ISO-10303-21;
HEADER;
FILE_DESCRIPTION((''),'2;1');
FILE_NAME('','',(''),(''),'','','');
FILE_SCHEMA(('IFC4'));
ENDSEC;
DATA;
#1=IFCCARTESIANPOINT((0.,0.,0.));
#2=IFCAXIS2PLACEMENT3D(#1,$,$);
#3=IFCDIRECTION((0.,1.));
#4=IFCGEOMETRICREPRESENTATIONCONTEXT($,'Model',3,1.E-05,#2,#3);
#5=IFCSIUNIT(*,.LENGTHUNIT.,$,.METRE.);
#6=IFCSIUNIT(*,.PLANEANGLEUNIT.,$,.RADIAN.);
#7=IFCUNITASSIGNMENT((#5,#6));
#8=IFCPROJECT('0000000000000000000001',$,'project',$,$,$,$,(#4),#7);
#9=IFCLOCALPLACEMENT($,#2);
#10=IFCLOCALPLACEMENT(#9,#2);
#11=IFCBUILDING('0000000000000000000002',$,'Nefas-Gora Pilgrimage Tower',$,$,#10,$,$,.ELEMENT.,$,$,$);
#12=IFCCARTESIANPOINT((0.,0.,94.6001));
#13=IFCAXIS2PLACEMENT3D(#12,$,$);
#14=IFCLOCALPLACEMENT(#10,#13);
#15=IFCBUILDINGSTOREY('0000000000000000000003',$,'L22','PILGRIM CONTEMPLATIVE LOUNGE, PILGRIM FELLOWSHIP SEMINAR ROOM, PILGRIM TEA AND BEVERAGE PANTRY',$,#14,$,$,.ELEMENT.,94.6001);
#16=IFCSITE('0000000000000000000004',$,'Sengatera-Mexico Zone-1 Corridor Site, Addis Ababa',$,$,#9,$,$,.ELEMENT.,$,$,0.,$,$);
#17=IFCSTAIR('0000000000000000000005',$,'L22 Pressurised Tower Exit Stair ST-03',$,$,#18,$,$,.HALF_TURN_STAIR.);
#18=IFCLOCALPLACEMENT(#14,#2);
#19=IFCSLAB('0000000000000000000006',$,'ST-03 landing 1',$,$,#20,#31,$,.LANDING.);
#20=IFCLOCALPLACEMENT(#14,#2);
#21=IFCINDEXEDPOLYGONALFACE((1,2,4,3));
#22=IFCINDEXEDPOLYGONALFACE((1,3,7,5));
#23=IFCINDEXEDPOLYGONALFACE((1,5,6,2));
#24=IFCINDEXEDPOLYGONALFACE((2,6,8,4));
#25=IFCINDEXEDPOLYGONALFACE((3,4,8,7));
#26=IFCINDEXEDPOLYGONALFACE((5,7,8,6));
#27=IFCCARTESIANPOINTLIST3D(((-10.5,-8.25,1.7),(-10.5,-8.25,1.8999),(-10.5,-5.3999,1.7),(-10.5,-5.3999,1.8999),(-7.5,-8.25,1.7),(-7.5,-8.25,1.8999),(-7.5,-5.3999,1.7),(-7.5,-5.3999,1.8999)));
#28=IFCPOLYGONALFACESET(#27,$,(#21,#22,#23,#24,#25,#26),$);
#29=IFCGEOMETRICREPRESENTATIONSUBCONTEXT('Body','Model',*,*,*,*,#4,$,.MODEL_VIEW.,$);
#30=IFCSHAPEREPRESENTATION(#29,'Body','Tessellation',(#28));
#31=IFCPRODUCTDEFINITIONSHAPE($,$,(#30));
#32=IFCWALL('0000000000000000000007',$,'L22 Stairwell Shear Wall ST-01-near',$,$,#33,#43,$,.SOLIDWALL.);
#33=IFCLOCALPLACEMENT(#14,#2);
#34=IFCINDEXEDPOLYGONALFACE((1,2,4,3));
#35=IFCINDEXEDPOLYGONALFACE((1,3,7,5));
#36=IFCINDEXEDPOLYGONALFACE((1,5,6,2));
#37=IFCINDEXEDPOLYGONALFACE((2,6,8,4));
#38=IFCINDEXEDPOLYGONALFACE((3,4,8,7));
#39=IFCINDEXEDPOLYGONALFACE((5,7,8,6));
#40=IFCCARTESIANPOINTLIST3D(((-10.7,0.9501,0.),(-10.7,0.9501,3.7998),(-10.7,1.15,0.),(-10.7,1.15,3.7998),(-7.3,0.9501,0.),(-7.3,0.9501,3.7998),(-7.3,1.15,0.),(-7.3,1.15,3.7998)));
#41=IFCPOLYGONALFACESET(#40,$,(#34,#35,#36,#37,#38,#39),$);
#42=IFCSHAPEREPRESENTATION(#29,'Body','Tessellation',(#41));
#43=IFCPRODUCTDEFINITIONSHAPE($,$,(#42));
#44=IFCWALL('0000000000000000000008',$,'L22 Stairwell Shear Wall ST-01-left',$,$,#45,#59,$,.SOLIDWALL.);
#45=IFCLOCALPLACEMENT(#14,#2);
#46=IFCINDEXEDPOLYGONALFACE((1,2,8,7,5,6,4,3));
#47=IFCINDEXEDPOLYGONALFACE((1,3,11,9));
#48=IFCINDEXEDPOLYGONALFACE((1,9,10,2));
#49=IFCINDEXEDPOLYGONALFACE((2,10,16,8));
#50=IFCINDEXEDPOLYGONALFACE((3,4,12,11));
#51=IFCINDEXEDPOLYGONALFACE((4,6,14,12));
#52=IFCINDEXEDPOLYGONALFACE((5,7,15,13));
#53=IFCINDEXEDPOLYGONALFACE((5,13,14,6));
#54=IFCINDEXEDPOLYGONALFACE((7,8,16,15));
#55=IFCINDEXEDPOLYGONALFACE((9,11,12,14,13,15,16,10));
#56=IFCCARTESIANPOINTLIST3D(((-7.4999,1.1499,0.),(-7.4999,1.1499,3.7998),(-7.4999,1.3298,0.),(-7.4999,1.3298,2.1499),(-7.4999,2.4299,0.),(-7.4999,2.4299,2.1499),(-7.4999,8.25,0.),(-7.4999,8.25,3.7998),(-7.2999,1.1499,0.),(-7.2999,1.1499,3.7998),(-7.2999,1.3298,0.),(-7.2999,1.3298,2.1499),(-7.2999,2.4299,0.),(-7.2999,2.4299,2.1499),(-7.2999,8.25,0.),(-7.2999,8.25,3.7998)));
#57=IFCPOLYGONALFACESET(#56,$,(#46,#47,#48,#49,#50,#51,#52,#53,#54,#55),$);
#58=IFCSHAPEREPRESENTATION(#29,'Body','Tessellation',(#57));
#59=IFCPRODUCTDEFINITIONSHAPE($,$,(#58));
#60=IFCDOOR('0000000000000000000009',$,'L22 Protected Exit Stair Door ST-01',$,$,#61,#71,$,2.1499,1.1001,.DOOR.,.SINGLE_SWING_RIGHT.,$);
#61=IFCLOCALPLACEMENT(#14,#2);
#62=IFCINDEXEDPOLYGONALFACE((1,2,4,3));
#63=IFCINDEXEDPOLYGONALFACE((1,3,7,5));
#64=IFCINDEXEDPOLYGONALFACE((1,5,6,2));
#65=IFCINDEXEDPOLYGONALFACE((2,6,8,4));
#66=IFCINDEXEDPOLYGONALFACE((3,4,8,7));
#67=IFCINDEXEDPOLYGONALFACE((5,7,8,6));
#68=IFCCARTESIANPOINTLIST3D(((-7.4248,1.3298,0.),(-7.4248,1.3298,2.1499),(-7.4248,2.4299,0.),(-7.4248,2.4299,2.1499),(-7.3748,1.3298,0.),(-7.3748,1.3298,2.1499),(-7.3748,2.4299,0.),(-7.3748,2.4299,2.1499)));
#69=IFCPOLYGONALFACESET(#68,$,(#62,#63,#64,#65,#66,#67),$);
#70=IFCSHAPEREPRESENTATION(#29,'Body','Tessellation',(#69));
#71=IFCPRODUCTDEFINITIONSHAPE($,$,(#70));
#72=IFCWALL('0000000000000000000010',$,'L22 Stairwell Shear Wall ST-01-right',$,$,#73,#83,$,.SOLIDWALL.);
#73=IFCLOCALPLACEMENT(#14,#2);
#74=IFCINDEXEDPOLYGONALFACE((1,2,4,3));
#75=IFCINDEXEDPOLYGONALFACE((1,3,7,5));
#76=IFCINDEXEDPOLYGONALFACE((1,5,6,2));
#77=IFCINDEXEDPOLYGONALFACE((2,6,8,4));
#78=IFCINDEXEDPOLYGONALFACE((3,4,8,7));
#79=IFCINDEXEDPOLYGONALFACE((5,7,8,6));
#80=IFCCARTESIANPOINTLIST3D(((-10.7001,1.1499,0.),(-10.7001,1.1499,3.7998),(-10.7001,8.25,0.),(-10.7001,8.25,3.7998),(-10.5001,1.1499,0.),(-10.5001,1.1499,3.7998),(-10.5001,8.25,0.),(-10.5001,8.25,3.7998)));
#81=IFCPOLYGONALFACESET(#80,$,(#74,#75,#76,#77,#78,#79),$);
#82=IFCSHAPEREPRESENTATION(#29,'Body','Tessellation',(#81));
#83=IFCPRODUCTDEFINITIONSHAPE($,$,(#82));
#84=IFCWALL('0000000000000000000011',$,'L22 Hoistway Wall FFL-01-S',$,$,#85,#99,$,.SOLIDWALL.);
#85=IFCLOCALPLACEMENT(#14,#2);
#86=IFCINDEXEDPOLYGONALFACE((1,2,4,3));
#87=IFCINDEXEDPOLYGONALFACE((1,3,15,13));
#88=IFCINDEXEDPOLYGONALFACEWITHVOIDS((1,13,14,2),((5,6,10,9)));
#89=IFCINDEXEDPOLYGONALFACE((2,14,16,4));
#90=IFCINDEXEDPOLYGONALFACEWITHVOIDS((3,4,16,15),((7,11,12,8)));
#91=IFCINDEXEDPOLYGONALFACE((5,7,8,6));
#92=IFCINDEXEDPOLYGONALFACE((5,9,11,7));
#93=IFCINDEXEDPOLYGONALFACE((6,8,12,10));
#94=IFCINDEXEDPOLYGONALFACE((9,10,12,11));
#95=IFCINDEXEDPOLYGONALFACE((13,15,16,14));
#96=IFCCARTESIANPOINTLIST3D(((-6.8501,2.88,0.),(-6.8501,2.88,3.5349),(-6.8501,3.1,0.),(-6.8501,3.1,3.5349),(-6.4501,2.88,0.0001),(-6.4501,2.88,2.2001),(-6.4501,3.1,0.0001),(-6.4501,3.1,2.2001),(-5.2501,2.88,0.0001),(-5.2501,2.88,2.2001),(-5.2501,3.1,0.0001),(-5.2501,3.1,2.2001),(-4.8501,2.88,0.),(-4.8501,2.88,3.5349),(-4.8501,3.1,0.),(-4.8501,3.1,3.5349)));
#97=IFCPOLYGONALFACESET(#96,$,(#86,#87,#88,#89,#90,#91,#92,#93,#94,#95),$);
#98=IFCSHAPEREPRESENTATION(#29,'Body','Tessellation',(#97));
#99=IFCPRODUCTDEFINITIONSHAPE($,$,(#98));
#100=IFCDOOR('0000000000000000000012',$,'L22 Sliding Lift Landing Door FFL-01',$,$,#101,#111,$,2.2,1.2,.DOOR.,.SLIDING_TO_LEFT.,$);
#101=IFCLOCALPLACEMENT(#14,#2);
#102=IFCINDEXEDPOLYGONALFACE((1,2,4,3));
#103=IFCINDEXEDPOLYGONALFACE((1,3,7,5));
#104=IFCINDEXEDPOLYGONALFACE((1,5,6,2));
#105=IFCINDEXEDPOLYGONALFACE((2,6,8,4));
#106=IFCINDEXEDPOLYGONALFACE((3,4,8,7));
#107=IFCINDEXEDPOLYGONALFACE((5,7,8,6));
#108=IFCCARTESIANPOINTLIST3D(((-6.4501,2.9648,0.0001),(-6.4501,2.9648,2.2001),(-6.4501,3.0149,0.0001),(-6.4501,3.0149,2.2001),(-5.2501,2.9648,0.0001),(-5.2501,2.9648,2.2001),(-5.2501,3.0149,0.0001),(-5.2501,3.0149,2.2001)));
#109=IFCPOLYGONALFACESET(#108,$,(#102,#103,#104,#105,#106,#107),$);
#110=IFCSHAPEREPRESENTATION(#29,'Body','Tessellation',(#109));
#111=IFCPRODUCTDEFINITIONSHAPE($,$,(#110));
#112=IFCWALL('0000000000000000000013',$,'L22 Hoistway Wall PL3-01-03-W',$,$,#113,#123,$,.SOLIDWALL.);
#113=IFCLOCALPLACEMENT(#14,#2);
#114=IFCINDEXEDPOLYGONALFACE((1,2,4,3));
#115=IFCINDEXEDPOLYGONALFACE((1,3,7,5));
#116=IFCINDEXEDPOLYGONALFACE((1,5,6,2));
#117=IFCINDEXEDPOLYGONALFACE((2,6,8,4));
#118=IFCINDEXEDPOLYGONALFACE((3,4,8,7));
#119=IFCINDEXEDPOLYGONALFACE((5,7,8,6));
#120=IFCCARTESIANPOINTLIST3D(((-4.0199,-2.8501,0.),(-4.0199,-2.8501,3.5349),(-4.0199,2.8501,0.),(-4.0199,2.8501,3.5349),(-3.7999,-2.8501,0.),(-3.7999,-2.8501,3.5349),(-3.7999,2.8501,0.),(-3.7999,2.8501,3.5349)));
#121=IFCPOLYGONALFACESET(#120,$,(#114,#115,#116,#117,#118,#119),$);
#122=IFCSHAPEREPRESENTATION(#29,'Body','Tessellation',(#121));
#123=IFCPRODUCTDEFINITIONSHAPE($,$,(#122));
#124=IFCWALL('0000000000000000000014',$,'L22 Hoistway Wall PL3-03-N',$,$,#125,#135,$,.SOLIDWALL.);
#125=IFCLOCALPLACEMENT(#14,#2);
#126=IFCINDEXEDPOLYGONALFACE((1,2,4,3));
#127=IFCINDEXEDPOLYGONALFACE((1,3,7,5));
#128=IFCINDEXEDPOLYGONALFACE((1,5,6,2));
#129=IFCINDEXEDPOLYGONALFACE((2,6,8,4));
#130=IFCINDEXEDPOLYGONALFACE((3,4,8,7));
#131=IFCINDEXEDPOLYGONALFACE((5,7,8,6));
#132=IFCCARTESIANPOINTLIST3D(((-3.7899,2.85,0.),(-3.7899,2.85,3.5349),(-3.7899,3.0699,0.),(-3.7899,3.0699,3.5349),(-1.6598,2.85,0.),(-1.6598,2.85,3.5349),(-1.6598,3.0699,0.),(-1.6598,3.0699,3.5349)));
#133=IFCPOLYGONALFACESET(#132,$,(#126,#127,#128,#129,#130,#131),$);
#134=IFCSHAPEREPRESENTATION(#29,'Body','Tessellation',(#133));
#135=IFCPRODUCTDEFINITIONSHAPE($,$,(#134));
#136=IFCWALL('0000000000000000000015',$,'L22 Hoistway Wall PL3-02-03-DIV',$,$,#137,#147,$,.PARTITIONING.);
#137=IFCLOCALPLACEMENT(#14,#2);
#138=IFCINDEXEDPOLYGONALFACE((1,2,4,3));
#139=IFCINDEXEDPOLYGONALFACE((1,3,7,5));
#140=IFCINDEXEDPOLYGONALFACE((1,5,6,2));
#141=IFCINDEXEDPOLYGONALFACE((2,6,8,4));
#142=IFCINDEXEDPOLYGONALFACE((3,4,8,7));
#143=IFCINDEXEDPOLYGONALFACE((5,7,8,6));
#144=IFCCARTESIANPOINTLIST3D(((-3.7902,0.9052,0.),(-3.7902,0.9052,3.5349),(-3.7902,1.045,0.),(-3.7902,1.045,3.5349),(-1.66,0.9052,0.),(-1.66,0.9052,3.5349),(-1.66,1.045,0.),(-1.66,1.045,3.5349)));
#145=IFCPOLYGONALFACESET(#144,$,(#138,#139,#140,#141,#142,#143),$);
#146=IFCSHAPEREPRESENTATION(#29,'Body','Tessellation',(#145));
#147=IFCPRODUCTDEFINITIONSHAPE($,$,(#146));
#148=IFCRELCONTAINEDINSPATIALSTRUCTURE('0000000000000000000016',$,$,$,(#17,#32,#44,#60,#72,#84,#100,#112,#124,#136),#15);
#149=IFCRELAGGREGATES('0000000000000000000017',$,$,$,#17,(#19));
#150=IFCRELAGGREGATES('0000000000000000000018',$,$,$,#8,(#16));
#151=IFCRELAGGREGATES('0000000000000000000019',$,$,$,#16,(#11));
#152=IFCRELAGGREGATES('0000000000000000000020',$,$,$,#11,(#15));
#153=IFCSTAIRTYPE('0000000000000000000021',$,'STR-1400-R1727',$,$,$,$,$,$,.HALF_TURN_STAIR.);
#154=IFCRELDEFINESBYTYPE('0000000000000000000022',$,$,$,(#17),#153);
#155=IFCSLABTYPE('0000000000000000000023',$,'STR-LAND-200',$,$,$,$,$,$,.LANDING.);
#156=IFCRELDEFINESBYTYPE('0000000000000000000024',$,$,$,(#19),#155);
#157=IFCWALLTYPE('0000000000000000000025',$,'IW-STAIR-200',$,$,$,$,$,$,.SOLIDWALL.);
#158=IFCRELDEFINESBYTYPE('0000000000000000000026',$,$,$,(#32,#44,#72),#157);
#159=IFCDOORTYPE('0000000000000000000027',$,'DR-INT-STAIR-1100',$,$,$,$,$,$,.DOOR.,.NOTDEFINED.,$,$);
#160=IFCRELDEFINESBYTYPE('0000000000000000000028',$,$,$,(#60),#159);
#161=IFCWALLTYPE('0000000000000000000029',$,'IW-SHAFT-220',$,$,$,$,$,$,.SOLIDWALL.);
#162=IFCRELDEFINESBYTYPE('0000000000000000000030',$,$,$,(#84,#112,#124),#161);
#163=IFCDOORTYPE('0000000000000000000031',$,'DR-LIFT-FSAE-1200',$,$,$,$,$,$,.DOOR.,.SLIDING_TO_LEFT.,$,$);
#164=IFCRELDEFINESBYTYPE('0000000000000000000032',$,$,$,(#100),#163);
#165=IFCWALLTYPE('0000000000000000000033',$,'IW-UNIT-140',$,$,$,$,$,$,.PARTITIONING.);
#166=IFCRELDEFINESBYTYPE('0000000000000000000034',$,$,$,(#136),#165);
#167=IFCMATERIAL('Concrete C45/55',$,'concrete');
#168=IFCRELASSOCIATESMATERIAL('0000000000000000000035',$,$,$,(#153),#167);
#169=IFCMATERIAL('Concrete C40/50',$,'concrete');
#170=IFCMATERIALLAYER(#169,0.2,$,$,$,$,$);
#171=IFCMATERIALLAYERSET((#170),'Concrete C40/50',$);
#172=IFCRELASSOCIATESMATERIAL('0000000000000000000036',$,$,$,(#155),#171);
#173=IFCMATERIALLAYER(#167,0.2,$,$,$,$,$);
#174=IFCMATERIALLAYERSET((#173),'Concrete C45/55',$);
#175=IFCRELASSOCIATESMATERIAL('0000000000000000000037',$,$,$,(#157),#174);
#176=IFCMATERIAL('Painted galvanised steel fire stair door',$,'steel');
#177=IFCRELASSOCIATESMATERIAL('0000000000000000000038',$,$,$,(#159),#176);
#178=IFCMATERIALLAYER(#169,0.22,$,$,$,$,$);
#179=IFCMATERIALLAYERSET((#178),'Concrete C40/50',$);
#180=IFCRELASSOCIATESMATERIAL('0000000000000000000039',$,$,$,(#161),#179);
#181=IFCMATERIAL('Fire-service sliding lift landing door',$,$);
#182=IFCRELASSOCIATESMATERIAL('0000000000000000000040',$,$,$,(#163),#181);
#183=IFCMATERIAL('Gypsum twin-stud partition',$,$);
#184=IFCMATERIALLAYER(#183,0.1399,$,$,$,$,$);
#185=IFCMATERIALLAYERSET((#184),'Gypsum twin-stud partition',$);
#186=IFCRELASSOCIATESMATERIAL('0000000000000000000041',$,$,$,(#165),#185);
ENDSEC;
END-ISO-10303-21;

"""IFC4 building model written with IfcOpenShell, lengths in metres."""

from ifc_helpers import new_model, si_unit, direction, frame, frame_2d, origin, place, context, subcontext, project, spatial, polyline, rectangle, outline, extrude, source, transform, mapped, material, layer, layer_set, type_object, element, fill, aggregate, save


model = new_model("IFC4")

# Units and contexts
model_context = context("Model", 3, precision=1e-05, world=origin(), true_north=direction((0.0, 1.0)))
body_context = subcontext(model_context, "Body", "Model", "MODEL_VIEW")
ifc_project = project(units=[si_unit("LENGTHUNIT", "METRE"), si_unit("PLANEANGLEUNIT", "RADIAN")], contexts=[model_context])

# Site, building, storey
site_placement = place(None, origin())
site = spatial("IfcSite", under=ifc_project, at=site_placement, Name="Sengatera-Mexico Zone-1 Corridor Site, Addis Ababa", CompositionType="ELEMENT", RefElevation=0.0)
building_placement = place(site_placement, origin())
building = spatial("IfcBuilding", under=site, at=building_placement, Name="Nefas-Gora Pilgrimage Tower", CompositionType="ELEMENT")
storey_placement = place(building_placement, frame((0.0, 0.0, 94.6001)))
storey = spatial("IfcBuildingStorey", under=building, at=storey_placement, Name="L22", Description="PILGRIM CONTEMPLATIVE LOUNGE, PILGRIM FELLOWSHIP SEMINAR ROOM, PILGRIM TEA AND BEVERAGE PANTRY", CompositionType="ELEMENT", Elevation=94.6001)

# Shared definitions
ifc_material_1 = material(Name="Concrete C40/50", Category="concrete")

# Stair, slab
ifc_material_2 = material(Name="Concrete C45/55", Category="concrete")
stair_type = type_object("IfcStairType", Name="STR-1400-R1727", PredefinedType="HALF_TURN_STAIR", material=ifc_material_2)
ifc_layer_1 = layer(ifc_material_1, 0.2)
ifc_layer_set_1 = layer_set([ifc_layer_1], Name="Concrete C40/50")
slab_type_1 = type_object("IfcSlabType", Name="STR-LAND-200", PredefinedType="LANDING", material=ifc_layer_set_1)
stair_1_placement = place(storey_placement, origin())
stair_1 = element("IfcStair", 1, at=stair_1_placement, inside=storey, type_object=stair_type, Name="L22 Pressurised Tower Exit Stair ST-03", PredefinedType="HALF_TURN_STAIR")
slab_1_placement = place(storey_placement, frame((0.0, 0.0, 1.7)))
slab_1 = element("IfcSlab", 2, at=slab_1_placement, type_object=slab_type_1, Name="ST-03 landing 1", PredefinedType="LANDING", context=body_context, shape_type="SweptSolid", body=[
    extrude(outline(polyline([(-10.5, -5.3999), (-10.5, -8.25), (-7.5, -8.25), (-7.5, -5.3999), (-10.5, -5.3999)])), origin(), (0.0, 0.0, 1.0), 0.2),
])
aggregate(stair_1, [slab_1])

# Wall
ifc_layer_2 = layer(ifc_material_2, 0.2)
ifc_layer_set_2 = layer_set([ifc_layer_2], Name="Concrete C45/55")
wall_type_1 = type_object("IfcWallType", Name="IW-STAIR-200", PredefinedType="SOLIDWALL", material=ifc_layer_set_2)
shared_shape_1 = source(origin(), body_context, "Body", "SweptSolid", [
    extrude(rectangle(XDim=3.3999, YDim=0.2, at=frame_2d((1.7, 0.0))), origin(), (0.0, 0.0, 1.0), 3.7998),
])
wall_1_placement = place(storey_placement, frame((-7.3, 1.05, 0.0), z_axis=(0.0, 0.0, 1.0), x_axis=(-1.0, 0.0, 0.0)))
element("IfcWall", 3, at=wall_1_placement, inside=storey, type_object=wall_type_1, Name="L22 Stairwell Shear Wall ST-01-near", PredefinedType="SOLIDWALL", context=body_context, shape_type="MappedRepresentation", body=[
    mapped(shared_shape_1, transform((0.0, 0.0, 0.0), x_axis=(1.0, 0.0, 0.0), y_axis=(0.0, 1.0, 0.0), z_axis=(0.0, 0.0, 1.0), scale=1.0)),
])

# Wall, opening, door
shared_shape_2 = source(origin(), body_context, "Body", "SweptSolid", [
    extrude(rectangle(XDim=7.1001, YDim=0.2, at=frame_2d((3.55, 0.0))), origin(), (0.0, 0.0, 1.0), 3.7998),
])
wall_2_placement = place(storey_placement, frame((-7.3999, 1.1499, 0.0), z_axis=(0.0, 0.0, 1.0), x_axis=(0.0, 1.0, 0.0)))
wall_2 = element("IfcWall", 4, at=wall_2_placement, inside=storey, type_object=wall_type_1, Name="L22 Stairwell Shear Wall ST-01-left", PredefinedType="SOLIDWALL", context=body_context, shape_type="MappedRepresentation", body=[
    mapped(shared_shape_2, transform((0.0, 0.0, 0.0), x_axis=(1.0, 0.0, 0.0), y_axis=(0.0, 1.0, 0.0), z_axis=(0.0, 0.0, 1.0), scale=1.0)),
])
opening_1_placement = place(wall_2_placement, frame((0.1799, 0.0, 0.0)))
opening_1 = element("IfcOpeningElement", 5, at=opening_1_placement, cuts=wall_2, PredefinedType="OPENING", context=body_context, shape_type="SweptSolid", body=[
    extrude(rectangle(XDim=1.1001, YDim=2.1499, at=frame_2d((0.55, 1.075))), frame((0.0, 0.1099, 0.0), z_axis=(0.0, -1.0, 0.0), x_axis=(1.0, 0.0, 0.0)), (0.0, 0.0, 1.0), 0.22),
])
ifc_material_3 = material(Name="Painted galvanised steel fire stair door", Category="steel")
door_type_1 = type_object("IfcDoorType", Name="DR-INT-STAIR-1100", OperationType="NOTDEFINED", PredefinedType="DOOR", material=ifc_material_3)
shared_shape_3 = source(origin(), body_context, "Body", "SweptSolid", [
    extrude(rectangle(XDim=1.1001, YDim=2.1499, at=frame_2d((0.55, 1.075))), frame((0.0, 0.0249, 0.0), z_axis=(0.0, -1.0, 0.0), x_axis=(1.0, 0.0, 0.0)), (0.0, 0.0, 1.0), 0.05),
])
door_1_placement = place(opening_1_placement, origin())
door_1 = element("IfcDoor", 6, at=door_1_placement, inside=storey, type_object=door_type_1, Name="L22 Protected Exit Stair Door ST-01", OperationType="SINGLE_SWING_RIGHT", OverallHeight=2.1499, OverallWidth=1.1001, PredefinedType="DOOR", context=body_context, shape_type="MappedRepresentation", body=[
    mapped(shared_shape_3, transform((0.0, 0.0, 0.0), x_axis=(1.0, 0.0, 0.0), y_axis=(0.0, 1.0, 0.0), z_axis=(0.0, 0.0, 1.0), scale=1.0)),
])
fill(opening_1, door_1)

# Wall
wall_3_placement = place(storey_placement, frame((-10.6001, 1.1499, 0.0), z_axis=(0.0, 0.0, 1.0), x_axis=(0.0, 1.0, 0.0)))
element("IfcWall", 7, at=wall_3_placement, inside=storey, type_object=wall_type_1, Name="L22 Stairwell Shear Wall ST-01-right", PredefinedType="SOLIDWALL", context=body_context, shape_type="MappedRepresentation", body=[
    mapped(shared_shape_2, transform((0.0, 0.0, 0.0), x_axis=(1.0, 0.0, 0.0), y_axis=(0.0, 1.0, 0.0), z_axis=(0.0, 0.0, 1.0), scale=1.0)),
])

# Wall, opening, door
ifc_layer_3 = layer(ifc_material_1, 0.22)
ifc_layer_set_3 = layer_set([ifc_layer_3], Name="Concrete C40/50")
wall_type_2 = type_object("IfcWallType", Name="IW-SHAFT-220", PredefinedType="SOLIDWALL", material=ifc_layer_set_3)
shared_shape_4 = source(origin(), body_context, "Body", "SweptSolid", [
    extrude(rectangle(XDim=2.0, YDim=0.22, at=frame_2d((1.0, 0.0))), origin(), (0.0, 0.0, 1.0), 3.5349),
])
wall_4_placement = place(storey_placement, frame((-6.8501, 2.99, 0.0), z_axis=(0.0, 0.0, 1.0), x_axis=(1.0, 0.0, 0.0)))
wall_4 = element("IfcWall", 8, at=wall_4_placement, inside=storey, type_object=wall_type_2, Name="L22 Hoistway Wall FFL-01-S", PredefinedType="SOLIDWALL", context=body_context, shape_type="MappedRepresentation", body=[
    mapped(shared_shape_4, transform((0.0, 0.0, 0.0), x_axis=(1.0, 0.0, 0.0), y_axis=(0.0, 1.0, 0.0), z_axis=(0.0, 0.0, 1.0), scale=1.0)),
])
opening_2_placement = place(wall_4_placement, frame((0.3999, 0.0, 0.0)))
opening_2 = element("IfcOpeningElement", 9, at=opening_2_placement, cuts=wall_4, PredefinedType="OPENING", context=body_context, shape_type="SweptSolid", body=[
    extrude(rectangle(XDim=1.2, YDim=2.2, at=frame_2d((0.6001, 1.1001))), frame((0.0, 0.1199, 0.0), z_axis=(0.0, -1.0, 0.0), x_axis=(1.0, 0.0, 0.0)), (0.0, 0.0, 1.0), 0.24),
])
ifc_material_4 = material(Name="Fire-service sliding lift landing door")
door_type_2 = type_object("IfcDoorType", Name="DR-LIFT-FSAE-1200", OperationType="SLIDING_TO_LEFT", PredefinedType="DOOR", material=ifc_material_4)
shared_shape_5 = source(origin(), body_context, "Body", "SweptSolid", [
    extrude(rectangle(XDim=1.2, YDim=2.2, at=frame_2d((0.6001, 1.1001))), frame((0.0, 0.0249, 0.0), z_axis=(0.0, -1.0, 0.0), x_axis=(1.0, 0.0, 0.0)), (0.0, 0.0, 1.0), 0.05),
])
door_2_placement = place(opening_2_placement, origin())
door_2 = element("IfcDoor", 10, at=door_2_placement, inside=storey, type_object=door_type_2, Name="L22 Sliding Lift Landing Door FFL-01", OperationType="SLIDING_TO_LEFT", OverallHeight=2.2, OverallWidth=1.2, PredefinedType="DOOR", context=body_context, shape_type="MappedRepresentation", body=[
    mapped(shared_shape_5, transform((0.0, 0.0, 0.0), x_axis=(1.0, 0.0, 0.0), y_axis=(0.0, 1.0, 0.0), z_axis=(0.0, 0.0, 1.0), scale=1.0)),
])
fill(opening_2, door_2)

# Walls
shared_shape_6 = source(origin(), body_context, "Body", "SweptSolid", [
    extrude(rectangle(XDim=5.7002, YDim=0.22, at=frame_2d((2.8501, 0.0))), origin(), (0.0, 0.0, 1.0), 3.5349),
])
wall_5_placement = place(storey_placement, frame((-3.9099, 2.8501, 0.0), z_axis=(0.0, 0.0, 1.0), x_axis=(0.0, -1.0, 0.0)))
element("IfcWall", 11, at=wall_5_placement, inside=storey, type_object=wall_type_2, Name="L22 Hoistway Wall PL3-01-03-W", PredefinedType="SOLIDWALL", context=body_context, shape_type="MappedRepresentation", body=[
    mapped(shared_shape_6, transform((0.0, 0.0, 0.0), x_axis=(1.0, 0.0, 0.0), y_axis=(0.0, 1.0, 0.0), z_axis=(0.0, 0.0, 1.0), scale=1.0)),
])
shared_shape_7 = source(origin(), body_context, "Body", "SweptSolid", [
    extrude(rectangle(XDim=2.1301, YDim=0.22, at=frame_2d((1.0649, 0.0))), origin(), (0.0, 0.0, 1.0), 3.5349),
])
wall_6_placement = place(storey_placement, frame((-1.6599, 2.96, 0.0), z_axis=(0.0, 0.0, 1.0), x_axis=(-1.0, 0.0, 0.0)))
element("IfcWall", 12, at=wall_6_placement, inside=storey, type_object=wall_type_2, Name="L22 Hoistway Wall PL3-03-N", PredefinedType="SOLIDWALL", context=body_context, shape_type="MappedRepresentation", body=[
    mapped(shared_shape_7, transform((0.0, 0.0, 0.0), x_axis=(1.0, 0.0, 0.0), y_axis=(0.0, 1.0, 0.0), z_axis=(0.0, 0.0, 1.0), scale=1.0)),
])
ifc_material_5 = material(Name="Gypsum twin-stud partition")
ifc_layer_4 = layer(ifc_material_5, 0.1399)
ifc_layer_set_4 = layer_set([ifc_layer_4], Name="Gypsum twin-stud partition")
wall_type_3 = type_object("IfcWallType", Name="IW-UNIT-140", PredefinedType="PARTITIONING", material=ifc_layer_set_4)
shared_shape_8 = source(origin(), body_context, "Body", "SweptSolid", [
    extrude(rectangle(XDim=2.1301, YDim=0.1399, at=frame_2d((1.0649, 0.0))), origin(), (0.0, 0.0, 1.0), 3.5349),
])
wall_7_placement = place(storey_placement, frame((-3.79, 0.9751, 0.0), z_axis=(0.0, 0.0, 1.0), x_axis=(1.0, 0.0, 0.0)))
element("IfcWall", 13, at=wall_7_placement, inside=storey, type_object=wall_type_3, Name="L22 Hoistway Wall PL3-02-03-DIV", PredefinedType="PARTITIONING", context=body_context, shape_type="MappedRepresentation", body=[
    mapped(shared_shape_8, transform((0.0, 0.0, 0.0), x_axis=(1.0, 0.0, 0.0), y_axis=(0.0, 1.0, 0.0), z_axis=(0.0, 0.0, 1.0), scale=1.0)),
])

save(model, "model.ifc")
